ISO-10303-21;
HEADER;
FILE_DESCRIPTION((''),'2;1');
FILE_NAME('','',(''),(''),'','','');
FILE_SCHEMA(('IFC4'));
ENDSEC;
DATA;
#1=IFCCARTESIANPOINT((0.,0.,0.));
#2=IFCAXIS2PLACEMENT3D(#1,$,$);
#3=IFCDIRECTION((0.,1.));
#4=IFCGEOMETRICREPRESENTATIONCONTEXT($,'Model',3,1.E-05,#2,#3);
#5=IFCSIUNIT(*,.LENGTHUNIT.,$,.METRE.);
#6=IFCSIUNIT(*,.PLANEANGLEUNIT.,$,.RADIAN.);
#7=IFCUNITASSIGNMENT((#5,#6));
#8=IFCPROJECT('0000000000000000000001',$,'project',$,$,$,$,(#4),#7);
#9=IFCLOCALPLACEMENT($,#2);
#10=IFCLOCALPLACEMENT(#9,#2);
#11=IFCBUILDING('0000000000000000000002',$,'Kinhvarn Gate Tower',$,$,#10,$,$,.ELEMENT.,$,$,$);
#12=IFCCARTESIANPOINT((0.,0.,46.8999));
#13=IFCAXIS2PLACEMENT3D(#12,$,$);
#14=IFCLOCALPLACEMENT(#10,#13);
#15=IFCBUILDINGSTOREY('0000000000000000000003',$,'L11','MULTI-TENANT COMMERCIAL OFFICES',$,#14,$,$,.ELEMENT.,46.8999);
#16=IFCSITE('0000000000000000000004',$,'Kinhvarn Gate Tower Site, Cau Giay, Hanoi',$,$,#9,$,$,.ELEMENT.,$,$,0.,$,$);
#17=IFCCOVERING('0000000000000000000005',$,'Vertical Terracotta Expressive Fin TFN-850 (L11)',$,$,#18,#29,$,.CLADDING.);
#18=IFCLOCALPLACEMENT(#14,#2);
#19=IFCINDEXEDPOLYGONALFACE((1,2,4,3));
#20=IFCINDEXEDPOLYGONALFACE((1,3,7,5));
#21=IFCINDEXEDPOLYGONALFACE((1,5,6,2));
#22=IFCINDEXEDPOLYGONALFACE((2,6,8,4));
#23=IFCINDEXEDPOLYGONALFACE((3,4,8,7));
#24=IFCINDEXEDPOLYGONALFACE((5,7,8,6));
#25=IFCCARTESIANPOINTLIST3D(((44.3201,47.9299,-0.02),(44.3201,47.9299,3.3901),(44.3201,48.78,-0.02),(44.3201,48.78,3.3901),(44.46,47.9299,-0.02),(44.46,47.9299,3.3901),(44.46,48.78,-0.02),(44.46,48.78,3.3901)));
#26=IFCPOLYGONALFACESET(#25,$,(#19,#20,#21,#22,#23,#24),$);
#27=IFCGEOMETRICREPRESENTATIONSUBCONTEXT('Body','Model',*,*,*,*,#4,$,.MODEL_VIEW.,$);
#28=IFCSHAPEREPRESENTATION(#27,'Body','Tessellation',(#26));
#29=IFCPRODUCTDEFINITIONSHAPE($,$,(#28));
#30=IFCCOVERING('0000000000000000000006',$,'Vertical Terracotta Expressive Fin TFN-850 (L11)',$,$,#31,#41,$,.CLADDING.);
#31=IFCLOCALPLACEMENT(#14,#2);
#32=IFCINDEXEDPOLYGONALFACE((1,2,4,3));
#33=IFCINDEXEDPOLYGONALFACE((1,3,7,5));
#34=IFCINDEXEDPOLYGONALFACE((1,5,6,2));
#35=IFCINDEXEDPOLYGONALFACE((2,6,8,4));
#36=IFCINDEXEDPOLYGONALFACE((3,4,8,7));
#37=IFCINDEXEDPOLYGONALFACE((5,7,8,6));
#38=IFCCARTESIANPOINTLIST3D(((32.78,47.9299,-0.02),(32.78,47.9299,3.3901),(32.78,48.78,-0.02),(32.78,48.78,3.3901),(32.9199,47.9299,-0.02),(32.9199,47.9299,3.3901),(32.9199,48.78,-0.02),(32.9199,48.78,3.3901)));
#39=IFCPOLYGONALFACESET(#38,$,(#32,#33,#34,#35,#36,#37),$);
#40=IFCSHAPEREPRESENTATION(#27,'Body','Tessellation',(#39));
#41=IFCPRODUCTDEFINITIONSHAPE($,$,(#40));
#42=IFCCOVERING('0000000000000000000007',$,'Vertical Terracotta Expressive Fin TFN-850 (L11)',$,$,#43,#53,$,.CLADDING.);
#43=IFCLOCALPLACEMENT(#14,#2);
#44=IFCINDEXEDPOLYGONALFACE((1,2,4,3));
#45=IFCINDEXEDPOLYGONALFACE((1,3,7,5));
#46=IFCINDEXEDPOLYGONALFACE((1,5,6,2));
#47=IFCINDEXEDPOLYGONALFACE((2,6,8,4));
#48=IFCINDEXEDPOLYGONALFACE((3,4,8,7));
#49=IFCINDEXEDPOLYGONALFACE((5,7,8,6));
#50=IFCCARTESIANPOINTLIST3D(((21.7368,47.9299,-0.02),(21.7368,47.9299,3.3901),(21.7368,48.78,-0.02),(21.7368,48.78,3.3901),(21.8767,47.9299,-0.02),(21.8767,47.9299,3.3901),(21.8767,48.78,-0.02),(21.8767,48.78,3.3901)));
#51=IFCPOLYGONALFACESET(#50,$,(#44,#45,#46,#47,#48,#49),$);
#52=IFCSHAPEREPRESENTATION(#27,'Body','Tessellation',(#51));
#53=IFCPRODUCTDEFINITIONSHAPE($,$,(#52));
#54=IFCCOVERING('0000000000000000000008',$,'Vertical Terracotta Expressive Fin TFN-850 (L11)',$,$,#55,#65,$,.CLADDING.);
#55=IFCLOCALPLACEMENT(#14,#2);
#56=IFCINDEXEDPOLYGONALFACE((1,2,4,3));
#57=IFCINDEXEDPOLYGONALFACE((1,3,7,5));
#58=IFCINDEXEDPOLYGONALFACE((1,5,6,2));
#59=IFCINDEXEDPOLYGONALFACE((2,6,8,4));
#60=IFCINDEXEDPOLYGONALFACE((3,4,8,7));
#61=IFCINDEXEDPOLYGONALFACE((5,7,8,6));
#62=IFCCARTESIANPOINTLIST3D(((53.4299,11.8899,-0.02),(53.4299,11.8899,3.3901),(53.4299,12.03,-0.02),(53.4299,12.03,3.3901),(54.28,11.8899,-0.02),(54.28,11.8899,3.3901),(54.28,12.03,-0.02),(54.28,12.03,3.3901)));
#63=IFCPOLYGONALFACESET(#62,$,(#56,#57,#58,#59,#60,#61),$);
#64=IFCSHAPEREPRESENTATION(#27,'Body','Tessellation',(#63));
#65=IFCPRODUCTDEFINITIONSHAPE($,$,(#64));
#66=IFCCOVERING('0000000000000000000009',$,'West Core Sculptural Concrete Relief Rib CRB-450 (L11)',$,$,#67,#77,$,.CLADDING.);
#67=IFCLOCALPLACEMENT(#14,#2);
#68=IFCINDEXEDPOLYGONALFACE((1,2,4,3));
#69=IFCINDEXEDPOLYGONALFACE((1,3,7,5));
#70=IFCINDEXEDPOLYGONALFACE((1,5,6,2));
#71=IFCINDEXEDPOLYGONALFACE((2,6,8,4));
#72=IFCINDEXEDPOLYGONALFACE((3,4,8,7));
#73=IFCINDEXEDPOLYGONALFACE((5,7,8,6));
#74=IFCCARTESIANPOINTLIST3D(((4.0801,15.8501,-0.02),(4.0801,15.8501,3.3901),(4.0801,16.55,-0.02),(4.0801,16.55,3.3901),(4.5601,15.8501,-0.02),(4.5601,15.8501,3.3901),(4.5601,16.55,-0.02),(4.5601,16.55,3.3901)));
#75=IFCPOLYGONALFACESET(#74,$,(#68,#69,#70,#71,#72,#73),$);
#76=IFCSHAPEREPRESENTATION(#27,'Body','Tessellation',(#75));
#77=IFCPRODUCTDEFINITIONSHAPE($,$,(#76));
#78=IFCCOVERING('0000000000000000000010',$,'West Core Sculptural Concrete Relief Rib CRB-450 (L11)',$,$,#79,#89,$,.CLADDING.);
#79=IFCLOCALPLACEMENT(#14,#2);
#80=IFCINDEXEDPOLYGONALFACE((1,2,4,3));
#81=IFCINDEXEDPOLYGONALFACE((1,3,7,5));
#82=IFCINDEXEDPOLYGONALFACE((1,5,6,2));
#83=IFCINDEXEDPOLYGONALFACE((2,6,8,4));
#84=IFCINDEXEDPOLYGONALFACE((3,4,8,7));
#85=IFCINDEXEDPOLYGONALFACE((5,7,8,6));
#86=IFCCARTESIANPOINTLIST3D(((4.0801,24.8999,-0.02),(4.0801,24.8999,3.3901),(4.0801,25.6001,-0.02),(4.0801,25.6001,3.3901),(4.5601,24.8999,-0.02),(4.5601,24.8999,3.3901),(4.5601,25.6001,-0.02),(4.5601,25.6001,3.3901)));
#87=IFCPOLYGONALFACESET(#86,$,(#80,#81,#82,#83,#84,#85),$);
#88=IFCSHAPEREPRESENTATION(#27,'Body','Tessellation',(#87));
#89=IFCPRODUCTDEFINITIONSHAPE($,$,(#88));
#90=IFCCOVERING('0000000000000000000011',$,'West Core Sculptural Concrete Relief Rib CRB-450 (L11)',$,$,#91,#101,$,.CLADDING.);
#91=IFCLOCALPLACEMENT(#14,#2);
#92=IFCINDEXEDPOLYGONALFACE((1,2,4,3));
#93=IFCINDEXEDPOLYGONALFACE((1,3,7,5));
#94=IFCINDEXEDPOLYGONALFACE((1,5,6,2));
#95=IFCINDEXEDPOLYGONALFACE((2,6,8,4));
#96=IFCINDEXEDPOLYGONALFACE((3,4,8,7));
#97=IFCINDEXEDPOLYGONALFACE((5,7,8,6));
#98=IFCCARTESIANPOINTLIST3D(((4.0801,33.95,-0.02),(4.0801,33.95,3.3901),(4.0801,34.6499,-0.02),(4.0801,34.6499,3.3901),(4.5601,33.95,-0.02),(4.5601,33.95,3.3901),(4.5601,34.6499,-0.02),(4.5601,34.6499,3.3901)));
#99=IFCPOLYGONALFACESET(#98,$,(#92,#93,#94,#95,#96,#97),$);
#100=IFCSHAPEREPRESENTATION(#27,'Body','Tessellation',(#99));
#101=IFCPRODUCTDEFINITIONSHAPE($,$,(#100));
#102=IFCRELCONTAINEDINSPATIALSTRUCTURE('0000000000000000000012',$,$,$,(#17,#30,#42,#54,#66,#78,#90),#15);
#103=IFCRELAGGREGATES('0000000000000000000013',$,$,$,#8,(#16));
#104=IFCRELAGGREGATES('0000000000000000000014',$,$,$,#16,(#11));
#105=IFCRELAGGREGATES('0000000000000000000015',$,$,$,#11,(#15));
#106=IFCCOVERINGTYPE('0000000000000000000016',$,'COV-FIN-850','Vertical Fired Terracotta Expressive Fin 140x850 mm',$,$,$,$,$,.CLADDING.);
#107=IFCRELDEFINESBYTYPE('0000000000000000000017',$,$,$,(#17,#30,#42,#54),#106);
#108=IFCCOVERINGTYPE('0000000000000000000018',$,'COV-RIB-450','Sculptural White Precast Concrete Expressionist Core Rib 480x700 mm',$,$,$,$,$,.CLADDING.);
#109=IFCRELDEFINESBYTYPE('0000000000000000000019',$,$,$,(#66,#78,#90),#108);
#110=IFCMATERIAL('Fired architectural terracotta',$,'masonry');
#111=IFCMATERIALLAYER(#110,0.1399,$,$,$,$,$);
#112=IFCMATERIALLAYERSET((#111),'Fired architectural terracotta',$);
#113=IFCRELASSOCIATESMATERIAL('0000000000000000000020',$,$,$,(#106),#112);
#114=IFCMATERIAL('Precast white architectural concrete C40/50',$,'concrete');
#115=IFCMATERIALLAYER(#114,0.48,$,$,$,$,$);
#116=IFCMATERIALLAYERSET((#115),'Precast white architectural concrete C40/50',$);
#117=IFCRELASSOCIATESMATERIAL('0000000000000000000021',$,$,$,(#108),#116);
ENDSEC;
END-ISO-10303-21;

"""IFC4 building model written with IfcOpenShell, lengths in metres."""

from ifc_helpers import new_model, si_unit, direction, frame, origin, place, context, subcontext, project, spatial, polyline, outline, extrude, material, layer, layer_set, type_object, element, save


model = new_model("IFC4")

# Units and contexts
model_context = context("Model", 3, precision=1e-05, world=origin(), true_north=direction((0.0, 1.0)))
body_context = subcontext(model_context, "Body", "Model", "MODEL_VIEW")
ifc_project = project(units=[si_unit("LENGTHUNIT", "METRE"), si_unit("PLANEANGLEUNIT", "RADIAN")], contexts=[model_context])

# Site, building, storey
site_placement = place(None, origin())
site = spatial("IfcSite", under=ifc_project, at=site_placement, Name="Kinhvarn Gate Tower Site, Cau Giay, Hanoi", CompositionType="ELEMENT", RefElevation=0.0)
building_placement = place(site_placement, origin())
building = spatial("IfcBuilding", under=site, at=building_placement, Name="Kinhvarn Gate Tower", CompositionType="ELEMENT")
storey_placement = place(building_placement, frame((0.0, 0.0, 46.8999)))
storey = spatial("IfcBuildingStorey", under=building, at=storey_placement, Name="L11", Description="MULTI-TENANT COMMERCIAL OFFICES", CompositionType="ELEMENT", Elevation=46.8999)

# Shared definitions
ifc_material_1 = material(Name="Precast white architectural concrete C40/50", Category="concrete")

# Coverings
ifc_material_2 = material(Name="Fired architectural terracotta", Category="masonry")
ifc_layer_1 = layer(ifc_material_2, 0.1399)
ifc_layer_set_1 = layer_set([ifc_layer_1], Name="Fired architectural terracotta")
covering_type_1 = type_object("IfcCoveringType", Name="COV-FIN-850", Description="Vertical Fired Terracotta Expressive Fin 140x850 mm", PredefinedType="CLADDING", material=ifc_layer_set_1)
covering_1_placement = place(storey_placement, frame((0.0, 0.0, -0.02)))
element("IfcCovering", 1, at=covering_1_placement, inside=storey, type_object=covering_type_1, Name="Vertical Terracotta Expressive Fin TFN-850 (L11)", PredefinedType="CLADDING", context=body_context, shape_type="SweptSolid", body=[
    extrude(outline(polyline([(44.46, 47.9299), (44.3201, 47.9299), (44.3201, 48.78), (44.46, 48.78), (44.46, 47.9299)])), origin(), (0.0, 0.0, 1.0), 3.4102),
])
covering_2_placement = place(storey_placement, frame((0.0, 0.0, -0.02)))
element("IfcCovering", 2, at=covering_2_placement, inside=storey, type_object=covering_type_1, Name="Vertical Terracotta Expressive Fin TFN-850 (L11)", PredefinedType="CLADDING", context=body_context, shape_type="SweptSolid", body=[
    extrude(outline(polyline([(32.9199, 47.9299), (32.78, 47.9299), (32.78, 48.78), (32.9199, 48.78), (32.9199, 47.9299)])), origin(), (0.0, 0.0, 1.0), 3.4102),
])
covering_3_placement = place(storey_placement, frame((0.0, 0.0, -0.02)))
element("IfcCovering", 3, at=covering_3_placement, inside=storey, type_object=covering_type_1, Name="Vertical Terracotta Expressive Fin TFN-850 (L11)", PredefinedType="CLADDING", context=body_context, shape_type="SweptSolid", body=[
    extrude(outline(polyline([(21.8767, 47.9299), (21.7368, 47.9299), (21.7368, 48.78), (21.8767, 48.78), (21.8767, 47.9299)])), origin(), (0.0, 0.0, 1.0), 3.4102),
])
covering_4_placement = place(storey_placement, frame((0.0, 0.0, -0.02)))
element("IfcCovering", 4, at=covering_4_placement, inside=storey, type_object=covering_type_1, Name="Vertical Terracotta Expressive Fin TFN-850 (L11)", PredefinedType="CLADDING", context=body_context, shape_type="SweptSolid", body=[
    extrude(outline(polyline([(53.4299, 11.8899), (53.4299, 12.03), (54.28, 12.03), (54.28, 11.8899), (53.4299, 11.8899)])), origin(), (0.0, 0.0, 1.0), 3.4102),
])
ifc_layer_2 = layer(ifc_material_1, 0.48)
ifc_layer_set_2 = layer_set([ifc_layer_2], Name="Precast white architectural concrete C40/50")
covering_type_2 = type_object("IfcCoveringType", Name="COV-RIB-450", Description="Sculptural White Precast Concrete Expressionist Core Rib 480x700 mm", PredefinedType="CLADDING", material=ifc_layer_set_2)
covering_5_placement = place(storey_placement, frame((0.0, 0.0, -0.02)))
element("IfcCovering", 5, at=covering_5_placement, inside=storey, type_object=covering_type_2, Name="West Core Sculptural Concrete Relief Rib CRB-450 (L11)", PredefinedType="CLADDING", context=body_context, shape_type="SweptSolid", body=[
    extrude(outline(polyline([(4.0801, 15.8501), (4.5601, 15.8501), (4.5601, 16.55), (4.0801, 16.55), (4.0801, 15.8501)])), origin(), (0.0, 0.0, 1.0), 3.4102),
])
covering_6_placement = place(storey_placement, frame((0.0, 0.0, -0.02)))
element("IfcCovering", 6, at=covering_6_placement, inside=storey, type_object=covering_type_2, Name="West Core Sculptural Concrete Relief Rib CRB-450 (L11)", PredefinedType="CLADDING", context=body_context, shape_type="SweptSolid", body=[
    extrude(outline(polyline([(4.0801, 24.8999), (4.5601, 24.8999), (4.5601, 25.6001), (4.0801, 25.6001), (4.0801, 24.8999)])), origin(), (0.0, 0.0, 1.0), 3.4102),
])
covering_7_placement = place(storey_placement, frame((0.0, 0.0, -0.02)))
element("IfcCovering", 7, at=covering_7_placement, inside=storey, type_object=covering_type_2, Name="West Core Sculptural Concrete Relief Rib CRB-450 (L11)", PredefinedType="CLADDING", context=body_context, shape_type="SweptSolid", body=[
    extrude(outline(polyline([(4.0801, 33.95), (4.5601, 33.95), (4.5601, 34.6499), (4.0801, 34.6499), (4.0801, 33.95)])), origin(), (0.0, 0.0, 1.0), 3.4102),
])

save(model, "model.ifc")
